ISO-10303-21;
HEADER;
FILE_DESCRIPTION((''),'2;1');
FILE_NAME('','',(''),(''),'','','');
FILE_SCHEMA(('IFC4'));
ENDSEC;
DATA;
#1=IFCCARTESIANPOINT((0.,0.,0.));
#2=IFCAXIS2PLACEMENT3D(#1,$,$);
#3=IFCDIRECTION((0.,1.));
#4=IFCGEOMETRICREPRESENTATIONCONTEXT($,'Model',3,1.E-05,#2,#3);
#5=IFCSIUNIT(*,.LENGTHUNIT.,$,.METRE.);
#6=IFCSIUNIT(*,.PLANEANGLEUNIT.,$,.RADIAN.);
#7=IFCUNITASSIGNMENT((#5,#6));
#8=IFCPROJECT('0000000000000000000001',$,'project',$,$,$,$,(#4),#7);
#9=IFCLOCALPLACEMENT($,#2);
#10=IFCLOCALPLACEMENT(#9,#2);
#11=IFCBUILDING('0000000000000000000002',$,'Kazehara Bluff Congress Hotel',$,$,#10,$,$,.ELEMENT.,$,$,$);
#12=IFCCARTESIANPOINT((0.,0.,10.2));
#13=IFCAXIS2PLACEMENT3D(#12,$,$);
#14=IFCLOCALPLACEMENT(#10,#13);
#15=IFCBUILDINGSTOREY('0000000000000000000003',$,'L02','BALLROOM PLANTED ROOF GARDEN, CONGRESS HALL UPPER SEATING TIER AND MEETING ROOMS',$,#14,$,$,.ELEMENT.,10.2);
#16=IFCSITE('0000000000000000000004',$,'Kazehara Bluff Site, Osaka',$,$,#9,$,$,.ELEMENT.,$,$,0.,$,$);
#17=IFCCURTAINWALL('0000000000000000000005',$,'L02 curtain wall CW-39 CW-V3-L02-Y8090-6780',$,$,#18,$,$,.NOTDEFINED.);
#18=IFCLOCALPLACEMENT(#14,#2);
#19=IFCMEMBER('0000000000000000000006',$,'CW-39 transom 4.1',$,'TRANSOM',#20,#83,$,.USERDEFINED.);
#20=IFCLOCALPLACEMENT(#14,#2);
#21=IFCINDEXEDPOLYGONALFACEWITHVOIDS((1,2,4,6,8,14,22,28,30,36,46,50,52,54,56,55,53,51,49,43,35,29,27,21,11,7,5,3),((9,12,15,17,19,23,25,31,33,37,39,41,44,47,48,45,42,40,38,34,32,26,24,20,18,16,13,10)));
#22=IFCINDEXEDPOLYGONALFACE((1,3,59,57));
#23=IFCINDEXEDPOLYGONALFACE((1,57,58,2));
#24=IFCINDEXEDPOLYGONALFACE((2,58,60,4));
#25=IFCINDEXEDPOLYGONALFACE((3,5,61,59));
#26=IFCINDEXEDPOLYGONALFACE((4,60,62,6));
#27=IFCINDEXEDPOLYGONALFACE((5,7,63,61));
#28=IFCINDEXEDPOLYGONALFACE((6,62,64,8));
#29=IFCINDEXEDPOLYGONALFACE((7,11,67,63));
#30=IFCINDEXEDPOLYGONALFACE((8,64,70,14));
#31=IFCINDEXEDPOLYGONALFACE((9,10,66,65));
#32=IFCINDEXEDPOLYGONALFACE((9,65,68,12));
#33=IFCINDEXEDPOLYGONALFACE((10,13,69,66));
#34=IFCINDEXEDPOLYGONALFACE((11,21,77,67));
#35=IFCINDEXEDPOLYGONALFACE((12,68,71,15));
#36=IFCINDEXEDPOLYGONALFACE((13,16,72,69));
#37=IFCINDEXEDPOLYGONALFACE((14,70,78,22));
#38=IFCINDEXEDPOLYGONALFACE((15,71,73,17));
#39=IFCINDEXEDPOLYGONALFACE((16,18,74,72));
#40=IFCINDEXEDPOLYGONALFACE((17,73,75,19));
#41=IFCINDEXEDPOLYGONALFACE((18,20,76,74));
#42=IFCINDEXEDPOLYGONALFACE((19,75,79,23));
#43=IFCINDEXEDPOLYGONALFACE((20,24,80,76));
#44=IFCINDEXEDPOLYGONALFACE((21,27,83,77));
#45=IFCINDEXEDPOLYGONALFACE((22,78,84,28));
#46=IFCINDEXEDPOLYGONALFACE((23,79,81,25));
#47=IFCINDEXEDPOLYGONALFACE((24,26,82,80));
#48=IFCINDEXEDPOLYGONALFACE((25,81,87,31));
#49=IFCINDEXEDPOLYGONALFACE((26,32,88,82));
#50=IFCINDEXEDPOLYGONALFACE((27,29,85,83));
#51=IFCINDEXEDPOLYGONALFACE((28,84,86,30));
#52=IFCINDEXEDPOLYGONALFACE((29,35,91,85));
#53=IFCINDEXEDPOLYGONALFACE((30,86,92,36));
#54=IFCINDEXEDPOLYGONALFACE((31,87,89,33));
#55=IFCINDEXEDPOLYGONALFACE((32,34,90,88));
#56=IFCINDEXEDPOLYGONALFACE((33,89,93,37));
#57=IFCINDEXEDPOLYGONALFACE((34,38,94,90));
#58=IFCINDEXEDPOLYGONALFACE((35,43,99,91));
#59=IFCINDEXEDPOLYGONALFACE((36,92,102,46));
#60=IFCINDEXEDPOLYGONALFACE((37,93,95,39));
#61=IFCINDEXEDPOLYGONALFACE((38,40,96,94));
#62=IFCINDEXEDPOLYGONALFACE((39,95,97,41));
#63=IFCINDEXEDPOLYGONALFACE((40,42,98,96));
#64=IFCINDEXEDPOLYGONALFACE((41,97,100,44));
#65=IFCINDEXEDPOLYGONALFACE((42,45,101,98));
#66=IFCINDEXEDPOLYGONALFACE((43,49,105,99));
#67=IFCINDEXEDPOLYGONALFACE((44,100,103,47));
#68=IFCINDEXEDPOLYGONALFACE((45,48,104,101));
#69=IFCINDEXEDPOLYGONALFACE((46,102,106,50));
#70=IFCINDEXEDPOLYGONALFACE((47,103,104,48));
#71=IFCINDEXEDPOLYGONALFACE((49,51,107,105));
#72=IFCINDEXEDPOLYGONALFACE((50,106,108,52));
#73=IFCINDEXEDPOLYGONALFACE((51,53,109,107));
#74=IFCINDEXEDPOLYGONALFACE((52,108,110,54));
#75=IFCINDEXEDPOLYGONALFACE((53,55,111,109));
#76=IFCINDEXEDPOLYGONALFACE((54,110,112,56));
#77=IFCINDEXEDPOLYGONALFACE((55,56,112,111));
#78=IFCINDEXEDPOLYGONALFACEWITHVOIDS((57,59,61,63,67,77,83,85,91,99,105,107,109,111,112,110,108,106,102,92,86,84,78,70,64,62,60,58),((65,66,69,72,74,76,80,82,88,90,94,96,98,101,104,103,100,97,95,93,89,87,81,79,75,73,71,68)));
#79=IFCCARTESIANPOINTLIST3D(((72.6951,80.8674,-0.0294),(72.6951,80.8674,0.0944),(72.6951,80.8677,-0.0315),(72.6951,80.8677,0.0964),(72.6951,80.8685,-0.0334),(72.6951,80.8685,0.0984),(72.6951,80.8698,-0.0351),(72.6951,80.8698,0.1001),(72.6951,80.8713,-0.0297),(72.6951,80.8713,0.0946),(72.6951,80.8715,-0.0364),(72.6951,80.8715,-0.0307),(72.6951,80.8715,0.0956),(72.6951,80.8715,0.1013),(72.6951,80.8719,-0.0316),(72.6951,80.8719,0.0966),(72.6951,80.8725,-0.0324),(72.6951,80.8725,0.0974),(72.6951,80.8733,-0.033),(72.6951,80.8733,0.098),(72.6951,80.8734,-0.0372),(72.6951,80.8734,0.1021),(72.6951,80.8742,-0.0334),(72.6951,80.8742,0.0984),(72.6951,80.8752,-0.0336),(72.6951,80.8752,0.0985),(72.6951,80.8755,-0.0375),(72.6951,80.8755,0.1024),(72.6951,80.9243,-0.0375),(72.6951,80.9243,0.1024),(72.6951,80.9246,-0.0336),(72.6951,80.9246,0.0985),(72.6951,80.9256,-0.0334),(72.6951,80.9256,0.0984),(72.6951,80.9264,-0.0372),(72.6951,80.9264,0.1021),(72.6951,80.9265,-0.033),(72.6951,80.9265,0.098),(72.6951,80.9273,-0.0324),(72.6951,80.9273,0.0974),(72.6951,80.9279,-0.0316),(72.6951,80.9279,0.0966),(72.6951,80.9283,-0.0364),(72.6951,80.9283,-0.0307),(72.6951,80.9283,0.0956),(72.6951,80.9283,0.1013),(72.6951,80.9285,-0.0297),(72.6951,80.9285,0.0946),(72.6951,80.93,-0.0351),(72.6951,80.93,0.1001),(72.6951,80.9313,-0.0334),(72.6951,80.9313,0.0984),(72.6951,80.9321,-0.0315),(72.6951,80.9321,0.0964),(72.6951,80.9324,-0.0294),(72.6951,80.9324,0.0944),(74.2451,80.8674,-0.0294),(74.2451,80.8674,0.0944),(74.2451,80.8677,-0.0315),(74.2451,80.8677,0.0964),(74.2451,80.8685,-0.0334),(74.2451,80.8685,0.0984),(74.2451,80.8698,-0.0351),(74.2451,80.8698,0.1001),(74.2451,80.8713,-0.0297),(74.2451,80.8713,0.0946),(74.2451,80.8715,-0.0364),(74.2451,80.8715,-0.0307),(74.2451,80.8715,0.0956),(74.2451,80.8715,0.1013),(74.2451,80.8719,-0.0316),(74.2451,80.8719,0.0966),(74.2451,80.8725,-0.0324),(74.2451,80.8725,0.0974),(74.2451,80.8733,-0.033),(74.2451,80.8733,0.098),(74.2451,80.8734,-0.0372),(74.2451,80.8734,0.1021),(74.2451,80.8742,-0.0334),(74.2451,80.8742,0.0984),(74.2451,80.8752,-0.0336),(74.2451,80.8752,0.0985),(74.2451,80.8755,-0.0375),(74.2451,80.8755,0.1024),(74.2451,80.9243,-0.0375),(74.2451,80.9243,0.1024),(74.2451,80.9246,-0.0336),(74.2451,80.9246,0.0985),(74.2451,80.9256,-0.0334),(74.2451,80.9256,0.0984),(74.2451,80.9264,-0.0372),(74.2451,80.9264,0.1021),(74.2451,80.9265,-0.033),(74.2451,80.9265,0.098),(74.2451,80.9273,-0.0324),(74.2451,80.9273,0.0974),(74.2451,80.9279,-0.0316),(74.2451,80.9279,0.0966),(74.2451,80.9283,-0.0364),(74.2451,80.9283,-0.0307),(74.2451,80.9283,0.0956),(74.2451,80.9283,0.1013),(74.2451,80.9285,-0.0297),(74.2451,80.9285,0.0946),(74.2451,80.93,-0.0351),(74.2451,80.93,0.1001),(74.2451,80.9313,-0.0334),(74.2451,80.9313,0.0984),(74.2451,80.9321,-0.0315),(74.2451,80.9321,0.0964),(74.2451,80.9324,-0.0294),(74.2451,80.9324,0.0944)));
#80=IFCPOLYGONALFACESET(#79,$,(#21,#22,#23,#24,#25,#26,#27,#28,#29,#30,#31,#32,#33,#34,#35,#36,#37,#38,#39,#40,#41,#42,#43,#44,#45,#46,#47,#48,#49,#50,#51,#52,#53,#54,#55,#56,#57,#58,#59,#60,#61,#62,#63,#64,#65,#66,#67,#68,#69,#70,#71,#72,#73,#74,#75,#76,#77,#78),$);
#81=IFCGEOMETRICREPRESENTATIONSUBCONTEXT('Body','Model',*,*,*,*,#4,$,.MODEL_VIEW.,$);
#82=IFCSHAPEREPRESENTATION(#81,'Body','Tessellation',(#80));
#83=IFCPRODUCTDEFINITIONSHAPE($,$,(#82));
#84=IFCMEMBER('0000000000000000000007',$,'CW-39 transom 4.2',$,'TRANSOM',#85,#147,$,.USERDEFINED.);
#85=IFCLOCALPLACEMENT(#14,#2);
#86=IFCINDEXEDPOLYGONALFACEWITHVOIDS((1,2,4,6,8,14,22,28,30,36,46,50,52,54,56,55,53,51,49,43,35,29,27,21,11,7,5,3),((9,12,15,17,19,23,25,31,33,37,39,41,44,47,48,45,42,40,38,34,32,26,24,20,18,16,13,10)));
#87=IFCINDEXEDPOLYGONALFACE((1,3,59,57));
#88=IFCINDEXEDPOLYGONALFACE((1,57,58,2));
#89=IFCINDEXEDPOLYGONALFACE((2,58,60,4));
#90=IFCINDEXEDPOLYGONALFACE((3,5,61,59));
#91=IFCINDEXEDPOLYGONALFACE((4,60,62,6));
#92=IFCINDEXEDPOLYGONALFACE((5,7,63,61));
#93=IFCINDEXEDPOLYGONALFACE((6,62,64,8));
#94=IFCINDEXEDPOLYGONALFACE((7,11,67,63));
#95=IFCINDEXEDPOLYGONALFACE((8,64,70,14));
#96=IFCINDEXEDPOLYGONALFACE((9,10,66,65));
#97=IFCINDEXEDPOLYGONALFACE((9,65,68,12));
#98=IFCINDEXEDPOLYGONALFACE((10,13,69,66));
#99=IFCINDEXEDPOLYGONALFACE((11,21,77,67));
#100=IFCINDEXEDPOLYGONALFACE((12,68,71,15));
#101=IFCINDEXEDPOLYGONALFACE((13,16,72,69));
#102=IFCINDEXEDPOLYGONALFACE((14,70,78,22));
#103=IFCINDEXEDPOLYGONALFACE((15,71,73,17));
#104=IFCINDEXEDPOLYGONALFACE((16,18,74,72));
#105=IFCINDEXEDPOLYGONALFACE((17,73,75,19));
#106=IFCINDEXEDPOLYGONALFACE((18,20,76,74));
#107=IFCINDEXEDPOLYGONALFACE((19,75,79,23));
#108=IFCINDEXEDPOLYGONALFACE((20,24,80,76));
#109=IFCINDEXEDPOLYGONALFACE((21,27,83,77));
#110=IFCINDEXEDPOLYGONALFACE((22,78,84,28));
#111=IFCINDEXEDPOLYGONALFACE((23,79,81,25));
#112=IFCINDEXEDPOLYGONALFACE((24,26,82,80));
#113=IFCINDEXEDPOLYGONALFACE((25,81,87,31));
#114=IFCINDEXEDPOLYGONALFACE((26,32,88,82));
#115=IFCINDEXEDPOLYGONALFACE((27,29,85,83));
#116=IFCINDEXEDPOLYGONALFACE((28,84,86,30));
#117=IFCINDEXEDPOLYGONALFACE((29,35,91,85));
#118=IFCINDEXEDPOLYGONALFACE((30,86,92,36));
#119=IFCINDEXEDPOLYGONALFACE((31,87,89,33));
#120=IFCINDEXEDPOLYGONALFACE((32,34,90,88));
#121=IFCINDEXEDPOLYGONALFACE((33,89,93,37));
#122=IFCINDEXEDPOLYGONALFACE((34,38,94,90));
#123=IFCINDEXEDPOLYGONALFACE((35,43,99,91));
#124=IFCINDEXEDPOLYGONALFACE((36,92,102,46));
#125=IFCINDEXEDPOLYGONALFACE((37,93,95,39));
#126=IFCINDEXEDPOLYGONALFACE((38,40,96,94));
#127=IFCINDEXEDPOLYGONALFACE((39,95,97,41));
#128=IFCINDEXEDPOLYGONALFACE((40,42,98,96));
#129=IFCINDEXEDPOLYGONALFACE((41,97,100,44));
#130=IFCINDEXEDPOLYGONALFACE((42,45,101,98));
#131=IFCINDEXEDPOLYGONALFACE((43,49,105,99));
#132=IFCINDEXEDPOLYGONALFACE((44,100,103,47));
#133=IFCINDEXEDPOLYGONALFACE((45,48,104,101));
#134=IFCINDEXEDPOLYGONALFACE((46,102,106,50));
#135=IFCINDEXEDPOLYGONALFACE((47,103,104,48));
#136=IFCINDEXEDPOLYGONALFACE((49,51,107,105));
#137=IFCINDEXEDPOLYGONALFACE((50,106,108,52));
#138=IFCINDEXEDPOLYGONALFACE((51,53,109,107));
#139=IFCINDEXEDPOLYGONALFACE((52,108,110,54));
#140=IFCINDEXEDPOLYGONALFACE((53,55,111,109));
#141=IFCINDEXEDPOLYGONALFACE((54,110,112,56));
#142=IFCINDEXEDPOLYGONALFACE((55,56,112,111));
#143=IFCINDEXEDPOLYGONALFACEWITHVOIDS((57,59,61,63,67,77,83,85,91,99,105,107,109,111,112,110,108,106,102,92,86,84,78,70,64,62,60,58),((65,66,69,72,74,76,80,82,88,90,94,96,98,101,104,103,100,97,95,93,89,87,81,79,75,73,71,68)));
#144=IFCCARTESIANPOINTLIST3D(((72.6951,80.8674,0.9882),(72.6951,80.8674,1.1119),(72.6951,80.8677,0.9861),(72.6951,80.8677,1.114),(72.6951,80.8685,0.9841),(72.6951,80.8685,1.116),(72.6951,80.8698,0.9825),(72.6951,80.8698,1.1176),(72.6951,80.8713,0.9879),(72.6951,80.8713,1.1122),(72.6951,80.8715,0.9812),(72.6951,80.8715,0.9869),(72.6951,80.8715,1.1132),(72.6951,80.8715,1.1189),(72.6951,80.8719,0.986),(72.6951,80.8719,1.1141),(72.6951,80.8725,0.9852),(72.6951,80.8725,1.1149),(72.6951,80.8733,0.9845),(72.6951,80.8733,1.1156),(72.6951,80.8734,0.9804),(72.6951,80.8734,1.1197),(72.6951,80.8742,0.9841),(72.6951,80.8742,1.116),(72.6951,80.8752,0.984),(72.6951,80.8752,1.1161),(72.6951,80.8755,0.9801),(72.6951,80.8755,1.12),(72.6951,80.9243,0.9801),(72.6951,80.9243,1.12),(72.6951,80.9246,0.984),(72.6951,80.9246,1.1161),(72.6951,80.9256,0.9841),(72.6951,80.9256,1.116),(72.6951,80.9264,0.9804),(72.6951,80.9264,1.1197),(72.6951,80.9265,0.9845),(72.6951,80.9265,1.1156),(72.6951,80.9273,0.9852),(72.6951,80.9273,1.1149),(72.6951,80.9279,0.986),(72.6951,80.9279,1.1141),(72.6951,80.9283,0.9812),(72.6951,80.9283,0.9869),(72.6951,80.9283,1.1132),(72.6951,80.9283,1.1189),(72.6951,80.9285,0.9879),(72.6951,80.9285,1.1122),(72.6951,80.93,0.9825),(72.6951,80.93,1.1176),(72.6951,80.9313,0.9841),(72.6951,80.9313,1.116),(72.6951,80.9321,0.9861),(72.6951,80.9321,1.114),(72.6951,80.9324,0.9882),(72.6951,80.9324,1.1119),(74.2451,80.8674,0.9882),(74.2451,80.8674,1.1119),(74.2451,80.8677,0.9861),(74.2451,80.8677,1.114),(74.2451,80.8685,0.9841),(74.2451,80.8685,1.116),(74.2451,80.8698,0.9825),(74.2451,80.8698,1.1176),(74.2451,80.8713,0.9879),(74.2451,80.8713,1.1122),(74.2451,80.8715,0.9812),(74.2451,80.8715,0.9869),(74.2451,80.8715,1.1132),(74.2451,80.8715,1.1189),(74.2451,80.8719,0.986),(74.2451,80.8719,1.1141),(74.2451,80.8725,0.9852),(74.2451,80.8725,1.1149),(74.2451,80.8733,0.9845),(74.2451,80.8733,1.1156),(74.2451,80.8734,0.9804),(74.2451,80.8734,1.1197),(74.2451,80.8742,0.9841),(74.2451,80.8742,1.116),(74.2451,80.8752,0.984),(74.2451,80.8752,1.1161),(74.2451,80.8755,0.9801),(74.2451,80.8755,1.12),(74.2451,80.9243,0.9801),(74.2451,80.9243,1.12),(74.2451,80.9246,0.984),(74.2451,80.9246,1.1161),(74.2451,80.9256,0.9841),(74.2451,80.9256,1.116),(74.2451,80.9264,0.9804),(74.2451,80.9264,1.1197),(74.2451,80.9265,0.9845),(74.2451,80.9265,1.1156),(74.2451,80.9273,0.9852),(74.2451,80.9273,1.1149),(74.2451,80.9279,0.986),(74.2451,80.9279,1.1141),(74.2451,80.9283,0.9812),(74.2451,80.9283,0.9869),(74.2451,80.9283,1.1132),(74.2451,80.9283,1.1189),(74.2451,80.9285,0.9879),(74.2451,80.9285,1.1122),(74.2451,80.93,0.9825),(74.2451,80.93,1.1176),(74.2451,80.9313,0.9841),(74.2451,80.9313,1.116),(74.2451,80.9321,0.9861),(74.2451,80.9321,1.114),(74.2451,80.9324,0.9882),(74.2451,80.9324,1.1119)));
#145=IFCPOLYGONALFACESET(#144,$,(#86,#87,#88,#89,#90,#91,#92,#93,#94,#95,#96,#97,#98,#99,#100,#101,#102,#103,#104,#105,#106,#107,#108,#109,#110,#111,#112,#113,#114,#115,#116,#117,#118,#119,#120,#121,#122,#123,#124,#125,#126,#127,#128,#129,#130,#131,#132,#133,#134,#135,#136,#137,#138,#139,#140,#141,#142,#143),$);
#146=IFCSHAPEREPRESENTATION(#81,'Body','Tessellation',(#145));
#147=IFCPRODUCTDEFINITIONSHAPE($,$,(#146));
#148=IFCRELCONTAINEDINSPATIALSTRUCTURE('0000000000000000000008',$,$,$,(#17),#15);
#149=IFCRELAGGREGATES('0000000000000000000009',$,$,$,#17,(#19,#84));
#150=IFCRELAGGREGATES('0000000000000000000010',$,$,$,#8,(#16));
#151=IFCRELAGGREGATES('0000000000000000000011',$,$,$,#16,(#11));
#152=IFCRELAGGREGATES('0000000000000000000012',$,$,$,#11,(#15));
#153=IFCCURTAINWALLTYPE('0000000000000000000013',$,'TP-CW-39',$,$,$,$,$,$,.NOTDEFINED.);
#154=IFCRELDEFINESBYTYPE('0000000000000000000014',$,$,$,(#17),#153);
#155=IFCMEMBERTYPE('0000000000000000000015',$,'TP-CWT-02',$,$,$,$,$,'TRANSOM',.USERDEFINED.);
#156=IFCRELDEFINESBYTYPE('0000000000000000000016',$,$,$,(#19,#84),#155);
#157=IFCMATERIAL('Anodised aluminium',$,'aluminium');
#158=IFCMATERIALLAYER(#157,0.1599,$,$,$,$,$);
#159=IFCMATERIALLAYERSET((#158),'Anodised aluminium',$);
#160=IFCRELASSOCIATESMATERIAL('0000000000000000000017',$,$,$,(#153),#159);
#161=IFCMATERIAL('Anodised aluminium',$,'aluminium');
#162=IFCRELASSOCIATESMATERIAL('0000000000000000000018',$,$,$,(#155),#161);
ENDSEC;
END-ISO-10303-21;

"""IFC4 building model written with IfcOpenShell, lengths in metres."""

from ifc_helpers import new_model, si_unit, direction, frame, origin, origin_2d, place, context, subcontext, project, spatial, hollow_rectangle, extrude, material, layer, layer_set, material_profile, profile_set, type_object, element, aggregate, save


model = new_model("IFC4")

# Units and contexts
model_context = context("Model", 3, precision=1e-05, world=origin(), true_north=direction((0.0, 1.0)))
body_context = subcontext(model_context, "Body", "Model", "MODEL_VIEW")
ifc_project = project(units=[si_unit("LENGTHUNIT", "METRE"), si_unit("PLANEANGLEUNIT", "RADIAN")], contexts=[model_context])

# Site, building, storey
site_placement = place(None, origin())
site = spatial("IfcSite", under=ifc_project, at=site_placement, Name="Kazehara Bluff Site, Osaka", CompositionType="ELEMENT", RefElevation=0.0)
building_placement = place(site_placement, origin())
building = spatial("IfcBuilding", under=site, at=building_placement, Name="Kazehara Bluff Congress Hotel", CompositionType="ELEMENT")
storey_placement = place(building_placement, frame((0.0, 0.0, 10.2)))
storey = spatial("IfcBuildingStorey", under=building, at=storey_placement, Name="L02", Description="BALLROOM PLANTED ROOF GARDEN, CONGRESS HALL UPPER SEATING TIER AND MEETING ROOMS", CompositionType="ELEMENT", Elevation=10.2)

# Curtain wall, members
ifc_material_1 = material(Name="Anodised aluminium", Category="aluminium")
ifc_layer_1 = layer(ifc_material_1, 0.1599)
ifc_layer_set_1 = layer_set([ifc_layer_1], Name="Anodised aluminium")
curtain_wall_type = type_object("IfcCurtainWallType", Name="TP-CW-39", PredefinedType="NOTDEFINED", material=ifc_layer_set_1)
curtain_wall_placement = place(storey_placement, origin())
curtain_wall = element("IfcCurtainWall", 1, at=curtain_wall_placement, inside=storey, type_object=curtain_wall_type, Name="L02 curtain wall CW-39 CW-V3-L02-Y8090-6780", PredefinedType="NOTDEFINED")
ifc_material_2 = material(Name="Anodised aluminium", Category="aluminium")
ifc_material_profile_1 = material_profile(ifc_material_2, hollow_rectangle(XDim=0.0649, YDim=0.1399, WallThickness=0.0039, InnerFilletRadius=0.0039, OuterFilletRadius=0.0081, at=origin_2d()))
ifc_profile_set_1 = profile_set([ifc_material_profile_1], Name="Anodised aluminium")
member_type_1 = type_object("IfcMemberType", Name="TP-CWT-02", ElementType="TRANSOM", PredefinedType="USERDEFINED", material=ifc_profile_set_1)
member_1_placement = place(storey_placement, frame((72.6951, 80.8999, 0.0325), z_axis=(1.0, 0.0, 0.0), x_axis=(0.0, 1.0, 0.0)))
member_1 = element("IfcMember", 2, at=member_1_placement, type_object=member_type_1, Name="CW-39 transom 4.1", ObjectType="TRANSOM", PredefinedType="USERDEFINED", context=body_context, shape_type="SweptSolid", body=[
    extrude(hollow_rectangle(XDim=0.0649, YDim=0.1399, WallThickness=0.0039, InnerFilletRadius=0.0039, OuterFilletRadius=0.0081, at=origin_2d()), origin(), (0.0, 0.0, 1.0), 1.55),
])
member_2_placement = place(storey_placement, frame((72.6951, 80.8999, 1.05), z_axis=(1.0, 0.0, 0.0), x_axis=(0.0, 1.0, 0.0)))
member_2 = element("IfcMember", 3, at=member_2_placement, type_object=member_type_1, Name="CW-39 transom 4.2", ObjectType="TRANSOM", PredefinedType="USERDEFINED", context=body_context, shape_type="SweptSolid", body=[
    extrude(hollow_rectangle(XDim=0.0649, YDim=0.1399, WallThickness=0.0039, InnerFilletRadius=0.0039, OuterFilletRadius=0.0081, at=origin_2d()), origin(), (0.0, 0.0, 1.0), 1.55),
])
aggregate(curtain_wall, [member_1, member_2])

save(model, "model.ifc")
